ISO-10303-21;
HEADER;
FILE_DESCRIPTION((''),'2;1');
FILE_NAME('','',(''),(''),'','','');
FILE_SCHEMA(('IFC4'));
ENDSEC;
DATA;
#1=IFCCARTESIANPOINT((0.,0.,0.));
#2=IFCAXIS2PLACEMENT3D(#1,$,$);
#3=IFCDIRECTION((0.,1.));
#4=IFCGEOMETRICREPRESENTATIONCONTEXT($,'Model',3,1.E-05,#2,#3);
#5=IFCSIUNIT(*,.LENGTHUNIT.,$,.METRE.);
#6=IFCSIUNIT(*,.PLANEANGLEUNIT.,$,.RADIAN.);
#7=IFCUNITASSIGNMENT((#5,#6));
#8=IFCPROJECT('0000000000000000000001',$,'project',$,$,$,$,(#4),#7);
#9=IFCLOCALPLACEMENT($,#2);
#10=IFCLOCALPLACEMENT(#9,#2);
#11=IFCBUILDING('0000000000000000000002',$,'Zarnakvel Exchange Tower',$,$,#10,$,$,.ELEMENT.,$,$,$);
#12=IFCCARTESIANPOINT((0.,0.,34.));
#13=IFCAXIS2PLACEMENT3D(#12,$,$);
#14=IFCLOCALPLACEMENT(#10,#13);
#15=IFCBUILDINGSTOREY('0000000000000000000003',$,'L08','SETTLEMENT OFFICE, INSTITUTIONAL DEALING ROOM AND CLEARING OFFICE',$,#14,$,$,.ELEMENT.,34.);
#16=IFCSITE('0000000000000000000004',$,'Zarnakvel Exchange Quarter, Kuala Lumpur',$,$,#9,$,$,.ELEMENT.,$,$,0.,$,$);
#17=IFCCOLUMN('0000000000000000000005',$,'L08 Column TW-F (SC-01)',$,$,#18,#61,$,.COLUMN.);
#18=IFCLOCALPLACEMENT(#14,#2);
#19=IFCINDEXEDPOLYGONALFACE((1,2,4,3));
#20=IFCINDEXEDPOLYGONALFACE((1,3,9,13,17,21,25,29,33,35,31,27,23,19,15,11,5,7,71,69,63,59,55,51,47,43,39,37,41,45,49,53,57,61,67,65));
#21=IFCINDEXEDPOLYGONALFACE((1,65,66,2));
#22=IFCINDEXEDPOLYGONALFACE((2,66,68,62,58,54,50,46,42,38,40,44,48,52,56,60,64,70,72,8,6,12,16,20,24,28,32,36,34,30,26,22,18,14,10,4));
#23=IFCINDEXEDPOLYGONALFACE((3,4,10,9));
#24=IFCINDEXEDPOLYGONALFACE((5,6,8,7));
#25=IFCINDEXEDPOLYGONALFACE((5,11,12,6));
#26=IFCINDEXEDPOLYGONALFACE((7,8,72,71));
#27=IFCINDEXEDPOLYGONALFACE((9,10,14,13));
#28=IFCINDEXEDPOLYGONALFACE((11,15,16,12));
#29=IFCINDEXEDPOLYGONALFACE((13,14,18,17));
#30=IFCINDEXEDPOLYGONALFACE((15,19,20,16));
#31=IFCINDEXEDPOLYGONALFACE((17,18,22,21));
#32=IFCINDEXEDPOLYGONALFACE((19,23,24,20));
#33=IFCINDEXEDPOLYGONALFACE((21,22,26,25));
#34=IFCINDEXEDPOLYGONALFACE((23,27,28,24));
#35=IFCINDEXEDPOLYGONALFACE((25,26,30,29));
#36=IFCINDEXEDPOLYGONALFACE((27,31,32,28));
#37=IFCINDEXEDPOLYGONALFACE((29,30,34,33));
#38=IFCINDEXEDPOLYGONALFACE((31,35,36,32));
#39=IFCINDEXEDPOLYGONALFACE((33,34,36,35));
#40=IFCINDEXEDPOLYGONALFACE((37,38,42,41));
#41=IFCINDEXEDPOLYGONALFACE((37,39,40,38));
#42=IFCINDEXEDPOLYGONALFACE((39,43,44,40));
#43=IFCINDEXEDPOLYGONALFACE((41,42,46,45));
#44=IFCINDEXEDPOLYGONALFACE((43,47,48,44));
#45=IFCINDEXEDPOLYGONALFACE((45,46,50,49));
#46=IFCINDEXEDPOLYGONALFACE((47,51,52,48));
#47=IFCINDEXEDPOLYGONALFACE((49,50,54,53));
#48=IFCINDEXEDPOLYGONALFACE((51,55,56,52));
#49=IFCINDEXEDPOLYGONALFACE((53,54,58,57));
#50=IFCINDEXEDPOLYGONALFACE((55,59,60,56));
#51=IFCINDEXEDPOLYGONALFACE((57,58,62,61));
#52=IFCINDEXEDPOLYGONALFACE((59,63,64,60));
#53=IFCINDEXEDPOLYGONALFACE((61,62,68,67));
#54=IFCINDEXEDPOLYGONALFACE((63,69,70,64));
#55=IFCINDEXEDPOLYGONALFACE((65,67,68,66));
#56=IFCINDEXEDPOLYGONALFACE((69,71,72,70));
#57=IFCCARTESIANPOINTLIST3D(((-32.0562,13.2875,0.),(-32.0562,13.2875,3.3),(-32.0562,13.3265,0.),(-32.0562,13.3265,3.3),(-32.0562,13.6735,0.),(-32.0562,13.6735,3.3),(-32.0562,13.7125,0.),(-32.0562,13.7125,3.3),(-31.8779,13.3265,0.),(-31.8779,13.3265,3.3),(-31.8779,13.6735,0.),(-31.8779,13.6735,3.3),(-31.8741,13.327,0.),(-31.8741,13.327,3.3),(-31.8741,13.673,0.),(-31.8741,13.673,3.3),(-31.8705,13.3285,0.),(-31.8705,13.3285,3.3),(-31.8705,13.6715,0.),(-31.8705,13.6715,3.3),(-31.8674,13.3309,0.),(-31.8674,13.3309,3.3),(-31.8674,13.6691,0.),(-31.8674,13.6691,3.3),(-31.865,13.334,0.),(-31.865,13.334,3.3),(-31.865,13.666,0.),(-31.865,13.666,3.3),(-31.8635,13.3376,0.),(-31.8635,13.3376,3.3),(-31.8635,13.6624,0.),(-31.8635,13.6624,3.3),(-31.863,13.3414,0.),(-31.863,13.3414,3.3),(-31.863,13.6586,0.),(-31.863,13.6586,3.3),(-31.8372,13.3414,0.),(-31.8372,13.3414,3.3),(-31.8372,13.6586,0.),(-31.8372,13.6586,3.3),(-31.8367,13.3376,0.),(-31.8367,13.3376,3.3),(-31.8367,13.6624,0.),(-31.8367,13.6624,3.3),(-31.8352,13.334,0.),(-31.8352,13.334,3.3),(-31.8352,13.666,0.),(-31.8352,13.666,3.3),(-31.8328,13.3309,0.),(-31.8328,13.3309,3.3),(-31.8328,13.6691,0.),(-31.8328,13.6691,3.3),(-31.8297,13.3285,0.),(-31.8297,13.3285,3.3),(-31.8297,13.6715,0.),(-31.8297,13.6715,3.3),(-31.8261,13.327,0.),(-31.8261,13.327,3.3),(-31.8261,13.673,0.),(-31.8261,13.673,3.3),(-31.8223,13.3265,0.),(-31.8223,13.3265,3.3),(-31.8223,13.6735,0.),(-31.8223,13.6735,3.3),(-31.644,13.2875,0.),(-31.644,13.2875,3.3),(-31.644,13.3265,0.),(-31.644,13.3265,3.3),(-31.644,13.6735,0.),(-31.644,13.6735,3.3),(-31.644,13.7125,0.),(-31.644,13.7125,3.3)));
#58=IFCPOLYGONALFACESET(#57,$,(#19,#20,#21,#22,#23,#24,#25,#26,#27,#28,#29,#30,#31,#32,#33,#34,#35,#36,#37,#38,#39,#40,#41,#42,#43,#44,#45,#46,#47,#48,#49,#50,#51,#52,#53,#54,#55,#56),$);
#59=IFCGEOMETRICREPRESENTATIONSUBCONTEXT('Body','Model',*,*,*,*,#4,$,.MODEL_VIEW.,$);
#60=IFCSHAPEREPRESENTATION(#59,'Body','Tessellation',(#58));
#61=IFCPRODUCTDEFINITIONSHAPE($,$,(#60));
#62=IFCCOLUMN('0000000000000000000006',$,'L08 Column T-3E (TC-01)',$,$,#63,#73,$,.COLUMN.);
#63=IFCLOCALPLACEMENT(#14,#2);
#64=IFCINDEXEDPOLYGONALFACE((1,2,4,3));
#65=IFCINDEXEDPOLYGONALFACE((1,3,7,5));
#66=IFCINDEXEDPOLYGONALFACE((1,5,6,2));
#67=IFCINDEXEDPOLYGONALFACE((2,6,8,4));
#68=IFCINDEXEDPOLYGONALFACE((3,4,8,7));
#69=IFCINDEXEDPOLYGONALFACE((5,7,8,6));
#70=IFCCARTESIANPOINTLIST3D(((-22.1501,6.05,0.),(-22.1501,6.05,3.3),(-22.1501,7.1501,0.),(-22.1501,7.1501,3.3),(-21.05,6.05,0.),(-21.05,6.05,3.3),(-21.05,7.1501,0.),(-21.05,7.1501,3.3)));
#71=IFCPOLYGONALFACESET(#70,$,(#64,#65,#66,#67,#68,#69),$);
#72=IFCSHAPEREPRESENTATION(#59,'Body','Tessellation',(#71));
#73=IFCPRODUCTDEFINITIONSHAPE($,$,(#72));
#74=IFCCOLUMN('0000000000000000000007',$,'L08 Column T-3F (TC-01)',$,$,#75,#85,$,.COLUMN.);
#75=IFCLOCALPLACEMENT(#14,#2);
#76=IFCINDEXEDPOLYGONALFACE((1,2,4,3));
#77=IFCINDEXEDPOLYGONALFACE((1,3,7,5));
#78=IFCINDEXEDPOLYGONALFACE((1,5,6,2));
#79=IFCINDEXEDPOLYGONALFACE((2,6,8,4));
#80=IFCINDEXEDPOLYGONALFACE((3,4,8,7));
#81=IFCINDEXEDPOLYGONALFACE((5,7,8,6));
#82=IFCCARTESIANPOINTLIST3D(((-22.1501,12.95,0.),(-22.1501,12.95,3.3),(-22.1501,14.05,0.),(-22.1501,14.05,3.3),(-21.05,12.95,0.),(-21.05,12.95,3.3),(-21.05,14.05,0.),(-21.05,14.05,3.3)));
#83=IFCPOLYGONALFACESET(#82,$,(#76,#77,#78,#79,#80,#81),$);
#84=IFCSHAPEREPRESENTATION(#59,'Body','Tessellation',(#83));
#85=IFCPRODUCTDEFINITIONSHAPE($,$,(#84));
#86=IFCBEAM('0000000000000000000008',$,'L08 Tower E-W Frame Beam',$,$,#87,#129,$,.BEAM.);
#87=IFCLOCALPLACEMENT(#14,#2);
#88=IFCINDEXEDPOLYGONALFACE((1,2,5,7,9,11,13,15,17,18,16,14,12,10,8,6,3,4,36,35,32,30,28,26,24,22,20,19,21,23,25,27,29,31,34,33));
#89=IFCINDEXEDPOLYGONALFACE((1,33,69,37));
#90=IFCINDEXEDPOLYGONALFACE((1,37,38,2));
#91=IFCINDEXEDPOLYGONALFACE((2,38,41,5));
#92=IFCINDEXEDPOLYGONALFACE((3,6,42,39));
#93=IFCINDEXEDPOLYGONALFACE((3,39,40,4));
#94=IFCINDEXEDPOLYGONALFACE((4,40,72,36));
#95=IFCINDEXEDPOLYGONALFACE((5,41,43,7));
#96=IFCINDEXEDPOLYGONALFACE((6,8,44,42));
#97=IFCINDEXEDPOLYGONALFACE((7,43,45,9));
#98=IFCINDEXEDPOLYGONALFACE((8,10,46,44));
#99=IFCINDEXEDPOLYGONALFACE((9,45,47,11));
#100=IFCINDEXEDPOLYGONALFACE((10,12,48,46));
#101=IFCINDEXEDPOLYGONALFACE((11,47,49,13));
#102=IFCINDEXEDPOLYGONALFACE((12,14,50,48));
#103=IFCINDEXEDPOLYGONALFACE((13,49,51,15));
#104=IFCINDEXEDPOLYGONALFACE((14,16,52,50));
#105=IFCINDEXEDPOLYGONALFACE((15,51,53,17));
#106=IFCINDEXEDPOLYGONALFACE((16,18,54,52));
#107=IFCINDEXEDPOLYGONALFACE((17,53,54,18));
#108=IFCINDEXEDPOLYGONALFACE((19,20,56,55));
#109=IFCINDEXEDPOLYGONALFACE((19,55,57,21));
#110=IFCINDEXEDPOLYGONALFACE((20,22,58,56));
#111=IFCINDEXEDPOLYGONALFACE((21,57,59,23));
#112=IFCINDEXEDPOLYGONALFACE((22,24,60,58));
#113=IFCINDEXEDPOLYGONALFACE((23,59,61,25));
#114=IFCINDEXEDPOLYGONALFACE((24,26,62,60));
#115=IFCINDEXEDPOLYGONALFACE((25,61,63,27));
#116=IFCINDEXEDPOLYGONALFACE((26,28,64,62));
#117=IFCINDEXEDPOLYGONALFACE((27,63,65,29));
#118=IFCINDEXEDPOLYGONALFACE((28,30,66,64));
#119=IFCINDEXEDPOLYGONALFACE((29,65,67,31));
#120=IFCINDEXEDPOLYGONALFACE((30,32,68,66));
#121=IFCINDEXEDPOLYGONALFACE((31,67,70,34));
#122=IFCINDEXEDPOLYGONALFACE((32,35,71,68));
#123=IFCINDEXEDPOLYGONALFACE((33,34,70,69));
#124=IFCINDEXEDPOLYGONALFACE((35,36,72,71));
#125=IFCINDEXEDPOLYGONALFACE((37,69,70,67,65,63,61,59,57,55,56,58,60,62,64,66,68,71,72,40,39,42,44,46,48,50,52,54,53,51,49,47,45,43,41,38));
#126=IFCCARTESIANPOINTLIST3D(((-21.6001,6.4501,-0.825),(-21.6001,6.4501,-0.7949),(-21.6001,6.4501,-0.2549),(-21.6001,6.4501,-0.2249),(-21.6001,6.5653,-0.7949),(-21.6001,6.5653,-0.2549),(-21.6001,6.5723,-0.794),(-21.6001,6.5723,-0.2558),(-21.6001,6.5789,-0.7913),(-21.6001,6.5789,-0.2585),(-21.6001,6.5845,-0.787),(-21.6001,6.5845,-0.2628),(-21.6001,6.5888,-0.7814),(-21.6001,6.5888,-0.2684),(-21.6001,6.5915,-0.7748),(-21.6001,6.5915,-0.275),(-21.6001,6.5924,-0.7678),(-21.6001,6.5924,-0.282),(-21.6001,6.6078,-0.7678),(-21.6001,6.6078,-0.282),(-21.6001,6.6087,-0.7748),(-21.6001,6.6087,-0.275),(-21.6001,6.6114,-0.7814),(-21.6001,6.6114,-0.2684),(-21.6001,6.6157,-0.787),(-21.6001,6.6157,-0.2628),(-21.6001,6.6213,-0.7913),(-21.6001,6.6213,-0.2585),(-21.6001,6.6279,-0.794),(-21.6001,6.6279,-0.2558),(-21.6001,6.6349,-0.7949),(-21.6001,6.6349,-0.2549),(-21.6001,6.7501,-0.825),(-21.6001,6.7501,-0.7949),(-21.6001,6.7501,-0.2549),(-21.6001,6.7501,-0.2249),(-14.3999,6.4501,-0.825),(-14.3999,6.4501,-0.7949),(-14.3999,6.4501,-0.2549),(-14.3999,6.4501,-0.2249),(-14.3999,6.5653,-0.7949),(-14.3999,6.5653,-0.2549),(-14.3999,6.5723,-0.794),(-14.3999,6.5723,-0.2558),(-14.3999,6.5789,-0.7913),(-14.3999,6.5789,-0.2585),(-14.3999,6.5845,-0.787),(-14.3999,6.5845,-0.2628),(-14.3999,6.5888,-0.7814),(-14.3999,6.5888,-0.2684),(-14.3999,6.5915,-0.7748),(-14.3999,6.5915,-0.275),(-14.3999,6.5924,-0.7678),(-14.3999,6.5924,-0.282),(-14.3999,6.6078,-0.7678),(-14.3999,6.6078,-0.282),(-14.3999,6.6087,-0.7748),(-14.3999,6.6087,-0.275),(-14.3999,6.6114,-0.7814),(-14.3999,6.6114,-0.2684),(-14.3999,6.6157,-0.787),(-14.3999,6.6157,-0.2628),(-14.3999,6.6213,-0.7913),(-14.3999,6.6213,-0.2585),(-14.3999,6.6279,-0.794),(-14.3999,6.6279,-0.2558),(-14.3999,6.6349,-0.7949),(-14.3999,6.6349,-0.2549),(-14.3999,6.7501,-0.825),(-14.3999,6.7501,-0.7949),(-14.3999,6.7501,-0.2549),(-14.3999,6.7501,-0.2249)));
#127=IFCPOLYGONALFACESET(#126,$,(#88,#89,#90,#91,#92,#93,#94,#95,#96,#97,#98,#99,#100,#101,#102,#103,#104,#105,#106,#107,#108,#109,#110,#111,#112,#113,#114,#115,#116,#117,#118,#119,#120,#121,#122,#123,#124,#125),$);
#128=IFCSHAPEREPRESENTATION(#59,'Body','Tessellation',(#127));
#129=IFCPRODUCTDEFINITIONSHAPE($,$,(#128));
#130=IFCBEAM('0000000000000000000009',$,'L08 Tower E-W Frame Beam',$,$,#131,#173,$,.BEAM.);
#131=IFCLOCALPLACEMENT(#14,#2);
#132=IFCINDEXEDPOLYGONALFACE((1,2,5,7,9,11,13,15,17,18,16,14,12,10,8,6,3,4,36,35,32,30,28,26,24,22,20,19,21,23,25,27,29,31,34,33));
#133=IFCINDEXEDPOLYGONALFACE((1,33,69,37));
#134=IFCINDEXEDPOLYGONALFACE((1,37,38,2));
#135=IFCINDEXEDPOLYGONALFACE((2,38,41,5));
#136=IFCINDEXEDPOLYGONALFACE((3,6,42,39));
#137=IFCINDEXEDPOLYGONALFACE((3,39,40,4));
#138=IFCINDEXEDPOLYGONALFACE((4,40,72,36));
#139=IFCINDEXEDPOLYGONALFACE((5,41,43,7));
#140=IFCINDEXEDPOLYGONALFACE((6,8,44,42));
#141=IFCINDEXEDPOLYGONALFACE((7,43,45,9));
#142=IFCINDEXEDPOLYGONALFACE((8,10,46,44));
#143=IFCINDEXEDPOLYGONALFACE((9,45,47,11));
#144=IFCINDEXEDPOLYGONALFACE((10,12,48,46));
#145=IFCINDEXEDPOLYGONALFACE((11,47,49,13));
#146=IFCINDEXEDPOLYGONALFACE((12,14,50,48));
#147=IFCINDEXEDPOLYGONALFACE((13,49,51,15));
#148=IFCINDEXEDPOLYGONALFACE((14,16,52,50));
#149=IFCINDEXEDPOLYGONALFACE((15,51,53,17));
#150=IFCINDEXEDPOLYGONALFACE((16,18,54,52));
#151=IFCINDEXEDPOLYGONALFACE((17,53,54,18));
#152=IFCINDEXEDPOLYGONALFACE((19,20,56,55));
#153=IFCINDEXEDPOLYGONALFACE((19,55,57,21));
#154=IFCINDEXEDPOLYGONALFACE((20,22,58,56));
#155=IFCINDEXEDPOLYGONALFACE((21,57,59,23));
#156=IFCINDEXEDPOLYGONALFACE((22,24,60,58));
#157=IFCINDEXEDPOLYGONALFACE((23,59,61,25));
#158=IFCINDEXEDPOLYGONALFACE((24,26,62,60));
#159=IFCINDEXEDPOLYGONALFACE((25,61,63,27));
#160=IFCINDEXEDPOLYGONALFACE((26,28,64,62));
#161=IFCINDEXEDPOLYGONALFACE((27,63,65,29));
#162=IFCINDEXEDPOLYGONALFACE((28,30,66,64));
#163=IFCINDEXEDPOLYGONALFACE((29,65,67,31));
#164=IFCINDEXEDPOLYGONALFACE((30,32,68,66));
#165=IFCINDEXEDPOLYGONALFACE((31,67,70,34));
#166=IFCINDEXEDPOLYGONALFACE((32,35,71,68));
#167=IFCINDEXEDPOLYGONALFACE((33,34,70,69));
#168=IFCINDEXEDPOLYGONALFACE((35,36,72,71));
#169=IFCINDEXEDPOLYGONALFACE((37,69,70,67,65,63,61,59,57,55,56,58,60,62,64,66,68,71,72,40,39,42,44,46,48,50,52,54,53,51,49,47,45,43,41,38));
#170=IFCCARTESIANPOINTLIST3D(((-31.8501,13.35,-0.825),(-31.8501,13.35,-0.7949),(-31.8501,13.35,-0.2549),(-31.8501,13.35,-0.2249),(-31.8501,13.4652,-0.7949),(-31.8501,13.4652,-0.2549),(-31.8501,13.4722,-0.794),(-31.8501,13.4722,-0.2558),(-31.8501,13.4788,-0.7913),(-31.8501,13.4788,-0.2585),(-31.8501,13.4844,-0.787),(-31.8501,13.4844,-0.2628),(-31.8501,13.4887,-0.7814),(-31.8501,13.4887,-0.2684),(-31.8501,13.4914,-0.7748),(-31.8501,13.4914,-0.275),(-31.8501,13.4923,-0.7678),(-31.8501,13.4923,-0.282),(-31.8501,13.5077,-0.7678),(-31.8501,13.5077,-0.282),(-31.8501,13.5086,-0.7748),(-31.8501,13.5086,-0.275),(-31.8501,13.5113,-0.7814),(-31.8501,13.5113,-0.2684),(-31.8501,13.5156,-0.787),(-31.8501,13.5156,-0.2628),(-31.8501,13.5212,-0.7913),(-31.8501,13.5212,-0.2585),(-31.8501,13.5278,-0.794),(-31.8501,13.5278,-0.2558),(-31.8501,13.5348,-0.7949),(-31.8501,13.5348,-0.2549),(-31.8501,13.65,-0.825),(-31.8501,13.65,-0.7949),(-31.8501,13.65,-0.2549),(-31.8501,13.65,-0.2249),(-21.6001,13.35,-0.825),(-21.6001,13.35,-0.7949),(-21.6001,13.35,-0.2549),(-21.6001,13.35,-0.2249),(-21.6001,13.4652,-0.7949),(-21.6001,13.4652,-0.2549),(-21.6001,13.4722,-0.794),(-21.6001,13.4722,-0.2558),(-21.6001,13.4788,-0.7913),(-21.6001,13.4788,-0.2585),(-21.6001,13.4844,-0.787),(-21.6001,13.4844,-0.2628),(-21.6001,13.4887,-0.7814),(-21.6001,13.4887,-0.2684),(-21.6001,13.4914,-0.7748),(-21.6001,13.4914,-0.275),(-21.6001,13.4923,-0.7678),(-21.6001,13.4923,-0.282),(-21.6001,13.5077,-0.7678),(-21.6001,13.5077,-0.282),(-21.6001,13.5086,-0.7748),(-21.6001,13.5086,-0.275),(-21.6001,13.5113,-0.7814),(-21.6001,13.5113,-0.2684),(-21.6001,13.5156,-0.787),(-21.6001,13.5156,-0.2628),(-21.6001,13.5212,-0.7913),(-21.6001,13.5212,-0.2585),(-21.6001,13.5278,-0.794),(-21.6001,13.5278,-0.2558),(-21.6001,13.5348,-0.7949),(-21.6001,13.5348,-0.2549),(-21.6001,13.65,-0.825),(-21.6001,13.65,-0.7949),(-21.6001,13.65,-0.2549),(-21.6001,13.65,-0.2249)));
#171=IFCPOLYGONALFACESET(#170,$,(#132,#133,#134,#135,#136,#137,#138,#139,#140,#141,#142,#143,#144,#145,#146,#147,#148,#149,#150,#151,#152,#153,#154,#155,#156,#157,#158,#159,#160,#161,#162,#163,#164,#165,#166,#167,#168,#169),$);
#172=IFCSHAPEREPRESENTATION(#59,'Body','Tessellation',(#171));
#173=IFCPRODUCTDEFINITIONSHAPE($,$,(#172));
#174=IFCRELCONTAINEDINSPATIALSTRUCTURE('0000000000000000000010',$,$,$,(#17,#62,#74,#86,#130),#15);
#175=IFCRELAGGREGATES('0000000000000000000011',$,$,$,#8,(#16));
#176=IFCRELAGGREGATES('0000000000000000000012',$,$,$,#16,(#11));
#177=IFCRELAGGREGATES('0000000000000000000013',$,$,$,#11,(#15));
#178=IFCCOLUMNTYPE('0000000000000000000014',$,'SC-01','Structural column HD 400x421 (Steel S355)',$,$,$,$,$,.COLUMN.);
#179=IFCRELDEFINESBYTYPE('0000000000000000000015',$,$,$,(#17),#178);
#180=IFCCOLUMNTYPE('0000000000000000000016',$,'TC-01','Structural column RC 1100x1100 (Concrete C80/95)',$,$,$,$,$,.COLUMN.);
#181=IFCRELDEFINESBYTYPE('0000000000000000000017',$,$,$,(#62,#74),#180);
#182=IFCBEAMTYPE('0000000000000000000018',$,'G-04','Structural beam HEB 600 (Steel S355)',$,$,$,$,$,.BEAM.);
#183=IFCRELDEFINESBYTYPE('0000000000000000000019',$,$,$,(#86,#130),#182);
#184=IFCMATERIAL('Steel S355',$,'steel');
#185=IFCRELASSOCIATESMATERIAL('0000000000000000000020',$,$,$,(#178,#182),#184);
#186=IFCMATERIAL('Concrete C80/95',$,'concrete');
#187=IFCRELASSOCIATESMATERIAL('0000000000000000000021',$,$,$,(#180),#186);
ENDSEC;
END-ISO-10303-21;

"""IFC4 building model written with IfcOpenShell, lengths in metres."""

from ifc_helpers import new_model, si_unit, direction, frame, origin, origin_2d, place, context, subcontext, project, spatial, rectangle, i_section, extrude, material, material_profile, profile_set, type_object, element, save


model = new_model("IFC4")

# Units and contexts
model_context = context("Model", 3, precision=1e-05, world=origin(), true_north=direction((0.0, 1.0)))
body_context = subcontext(model_context, "Body", "Model", "MODEL_VIEW")
ifc_project = project(units=[si_unit("LENGTHUNIT", "METRE"), si_unit("PLANEANGLEUNIT", "RADIAN")], contexts=[model_context])

# Site, building, storey
site_placement = place(None, origin())
site = spatial("IfcSite", under=ifc_project, at=site_placement, Name="Zarnakvel Exchange Quarter, Kuala Lumpur", CompositionType="ELEMENT", RefElevation=0.0)
building_placement = place(site_placement, origin())
building = spatial("IfcBuilding", under=site, at=building_placement, Name="Zarnakvel Exchange Tower", CompositionType="ELEMENT")
storey_placement = place(building_placement, frame((0.0, 0.0, 34.0)))
storey = spatial("IfcBuildingStorey", under=building, at=storey_placement, Name="L08", Description="SETTLEMENT OFFICE, INSTITUTIONAL DEALING ROOM AND CLEARING OFFICE", CompositionType="ELEMENT", Elevation=34.0)

# Columns
ifc_material_1 = material(Name="Steel S355", Category="steel")
ifc_material_profile_1 = material_profile(ifc_material_1, i_section(OverallWidth=0.4121, OverallDepth=0.425, WebThickness=0.0259, FlangeThickness=0.0391, FilletRadius=0.0149, at=origin_2d()))
ifc_profile_set_1 = profile_set([ifc_material_profile_1], Name="Steel S355")
column_type_1 = type_object("IfcColumnType", Name="SC-01", Description="Structural column HD 400x421 (Steel S355)", PredefinedType="COLUMN", material=ifc_profile_set_1)
column_placement = place(storey_placement, frame((-31.8501, 13.5, 0.0), z_axis=(0.0, 0.0, 1.0), x_axis=(1.0, 0.0, 0.0)))
element("IfcColumn", 1, at=column_placement, inside=storey, type_object=column_type_1, Name="L08 Column TW-F (SC-01)", PredefinedType="COLUMN", context=body_context, shape_type="SweptSolid", body=[
    extrude(i_section(OverallWidth=0.4121, OverallDepth=0.425, WebThickness=0.0259, FlangeThickness=0.0391, FilletRadius=0.0149, at=origin_2d()), origin(), (0.0, 0.0, 1.0), 3.3),
])
ifc_material_2 = material(Name="Concrete C80/95", Category="concrete")
ifc_material_profile_2 = material_profile(ifc_material_2, rectangle(XDim=1.1001, YDim=1.1001, at=origin_2d()))
ifc_profile_set_2 = profile_set([ifc_material_profile_2], Name="Concrete C80/95")
column_type_2 = type_object("IfcColumnType", Name="TC-01", Description="Structural column RC 1100x1100 (Concrete C80/95)", PredefinedType="COLUMN", material=ifc_profile_set_2)
for number, where, z_axis, x_axis, name in (
    (2, (-21.6001, 6.6001, 0.0), (0.0, 0.0, 1.0), (1.0, 0.0, 0.0), "L08 Column T-3E (TC-01)"),
    (3, (-21.6001, 13.5, 0.0), (0.0, 0.0, 1.0), (1.0, 0.0, 0.0), "L08 Column T-3F (TC-01)"),
):
    element("IfcColumn", number, at=place(storey_placement, frame(where, z_axis=z_axis, x_axis=x_axis)), inside=storey, type_object=column_type_2, Name=name, PredefinedType="COLUMN", context=body_context, shape_type="SweptSolid", body=[
        extrude(rectangle(XDim=1.1001, YDim=1.1001, at=origin_2d()), origin(), (0.0, 0.0, 1.0), 3.3),
    ])

# Beams
ifc_material_profile_3 = material_profile(ifc_material_1, i_section(OverallWidth=0.3, OverallDepth=0.6001, WebThickness=0.0154, FlangeThickness=0.03, FilletRadius=0.0271, at=origin_2d()))
ifc_profile_set_3 = profile_set([ifc_material_profile_3], Name="Steel S355")
beam_type = type_object("IfcBeamType", Name="G-04", Description="Structural beam HEB 600 (Steel S355)", PredefinedType="BEAM", material=ifc_profile_set_3)
beam_1_placement = place(storey_placement, frame((-21.6001, 6.6001, -0.5249), z_axis=(1.0, 0.0, 0.0), x_axis=(0.0, 1.0, 0.0)))
element("IfcBeam", 4, at=beam_1_placement, inside=storey, type_object=beam_type, Name="L08 Tower E-W Frame Beam", PredefinedType="BEAM", context=body_context, shape_type="SweptSolid", body=[
    extrude(i_section(OverallWidth=0.3, OverallDepth=0.6001, WebThickness=0.0154, FlangeThickness=0.03, FilletRadius=0.0271, at=origin_2d()), origin(), (0.0, 0.0, 1.0), 7.2002),
])
beam_2_placement = place(storey_placement, frame((-31.8501, 13.5, -0.5249), z_axis=(1.0, 0.0, 0.0), x_axis=(0.0, 1.0, 0.0)))
element("IfcBeam", 5, at=beam_2_placement, inside=storey, type_object=beam_type, Name="L08 Tower E-W Frame Beam", PredefinedType="BEAM", context=body_context, shape_type="SweptSolid", body=[
    extrude(i_section(OverallWidth=0.3, OverallDepth=0.6001, WebThickness=0.0154, FlangeThickness=0.03, FilletRadius=0.0271, at=origin_2d()), origin(), (0.0, 0.0, 1.0), 10.25),
])

save(model, "model.ifc")
